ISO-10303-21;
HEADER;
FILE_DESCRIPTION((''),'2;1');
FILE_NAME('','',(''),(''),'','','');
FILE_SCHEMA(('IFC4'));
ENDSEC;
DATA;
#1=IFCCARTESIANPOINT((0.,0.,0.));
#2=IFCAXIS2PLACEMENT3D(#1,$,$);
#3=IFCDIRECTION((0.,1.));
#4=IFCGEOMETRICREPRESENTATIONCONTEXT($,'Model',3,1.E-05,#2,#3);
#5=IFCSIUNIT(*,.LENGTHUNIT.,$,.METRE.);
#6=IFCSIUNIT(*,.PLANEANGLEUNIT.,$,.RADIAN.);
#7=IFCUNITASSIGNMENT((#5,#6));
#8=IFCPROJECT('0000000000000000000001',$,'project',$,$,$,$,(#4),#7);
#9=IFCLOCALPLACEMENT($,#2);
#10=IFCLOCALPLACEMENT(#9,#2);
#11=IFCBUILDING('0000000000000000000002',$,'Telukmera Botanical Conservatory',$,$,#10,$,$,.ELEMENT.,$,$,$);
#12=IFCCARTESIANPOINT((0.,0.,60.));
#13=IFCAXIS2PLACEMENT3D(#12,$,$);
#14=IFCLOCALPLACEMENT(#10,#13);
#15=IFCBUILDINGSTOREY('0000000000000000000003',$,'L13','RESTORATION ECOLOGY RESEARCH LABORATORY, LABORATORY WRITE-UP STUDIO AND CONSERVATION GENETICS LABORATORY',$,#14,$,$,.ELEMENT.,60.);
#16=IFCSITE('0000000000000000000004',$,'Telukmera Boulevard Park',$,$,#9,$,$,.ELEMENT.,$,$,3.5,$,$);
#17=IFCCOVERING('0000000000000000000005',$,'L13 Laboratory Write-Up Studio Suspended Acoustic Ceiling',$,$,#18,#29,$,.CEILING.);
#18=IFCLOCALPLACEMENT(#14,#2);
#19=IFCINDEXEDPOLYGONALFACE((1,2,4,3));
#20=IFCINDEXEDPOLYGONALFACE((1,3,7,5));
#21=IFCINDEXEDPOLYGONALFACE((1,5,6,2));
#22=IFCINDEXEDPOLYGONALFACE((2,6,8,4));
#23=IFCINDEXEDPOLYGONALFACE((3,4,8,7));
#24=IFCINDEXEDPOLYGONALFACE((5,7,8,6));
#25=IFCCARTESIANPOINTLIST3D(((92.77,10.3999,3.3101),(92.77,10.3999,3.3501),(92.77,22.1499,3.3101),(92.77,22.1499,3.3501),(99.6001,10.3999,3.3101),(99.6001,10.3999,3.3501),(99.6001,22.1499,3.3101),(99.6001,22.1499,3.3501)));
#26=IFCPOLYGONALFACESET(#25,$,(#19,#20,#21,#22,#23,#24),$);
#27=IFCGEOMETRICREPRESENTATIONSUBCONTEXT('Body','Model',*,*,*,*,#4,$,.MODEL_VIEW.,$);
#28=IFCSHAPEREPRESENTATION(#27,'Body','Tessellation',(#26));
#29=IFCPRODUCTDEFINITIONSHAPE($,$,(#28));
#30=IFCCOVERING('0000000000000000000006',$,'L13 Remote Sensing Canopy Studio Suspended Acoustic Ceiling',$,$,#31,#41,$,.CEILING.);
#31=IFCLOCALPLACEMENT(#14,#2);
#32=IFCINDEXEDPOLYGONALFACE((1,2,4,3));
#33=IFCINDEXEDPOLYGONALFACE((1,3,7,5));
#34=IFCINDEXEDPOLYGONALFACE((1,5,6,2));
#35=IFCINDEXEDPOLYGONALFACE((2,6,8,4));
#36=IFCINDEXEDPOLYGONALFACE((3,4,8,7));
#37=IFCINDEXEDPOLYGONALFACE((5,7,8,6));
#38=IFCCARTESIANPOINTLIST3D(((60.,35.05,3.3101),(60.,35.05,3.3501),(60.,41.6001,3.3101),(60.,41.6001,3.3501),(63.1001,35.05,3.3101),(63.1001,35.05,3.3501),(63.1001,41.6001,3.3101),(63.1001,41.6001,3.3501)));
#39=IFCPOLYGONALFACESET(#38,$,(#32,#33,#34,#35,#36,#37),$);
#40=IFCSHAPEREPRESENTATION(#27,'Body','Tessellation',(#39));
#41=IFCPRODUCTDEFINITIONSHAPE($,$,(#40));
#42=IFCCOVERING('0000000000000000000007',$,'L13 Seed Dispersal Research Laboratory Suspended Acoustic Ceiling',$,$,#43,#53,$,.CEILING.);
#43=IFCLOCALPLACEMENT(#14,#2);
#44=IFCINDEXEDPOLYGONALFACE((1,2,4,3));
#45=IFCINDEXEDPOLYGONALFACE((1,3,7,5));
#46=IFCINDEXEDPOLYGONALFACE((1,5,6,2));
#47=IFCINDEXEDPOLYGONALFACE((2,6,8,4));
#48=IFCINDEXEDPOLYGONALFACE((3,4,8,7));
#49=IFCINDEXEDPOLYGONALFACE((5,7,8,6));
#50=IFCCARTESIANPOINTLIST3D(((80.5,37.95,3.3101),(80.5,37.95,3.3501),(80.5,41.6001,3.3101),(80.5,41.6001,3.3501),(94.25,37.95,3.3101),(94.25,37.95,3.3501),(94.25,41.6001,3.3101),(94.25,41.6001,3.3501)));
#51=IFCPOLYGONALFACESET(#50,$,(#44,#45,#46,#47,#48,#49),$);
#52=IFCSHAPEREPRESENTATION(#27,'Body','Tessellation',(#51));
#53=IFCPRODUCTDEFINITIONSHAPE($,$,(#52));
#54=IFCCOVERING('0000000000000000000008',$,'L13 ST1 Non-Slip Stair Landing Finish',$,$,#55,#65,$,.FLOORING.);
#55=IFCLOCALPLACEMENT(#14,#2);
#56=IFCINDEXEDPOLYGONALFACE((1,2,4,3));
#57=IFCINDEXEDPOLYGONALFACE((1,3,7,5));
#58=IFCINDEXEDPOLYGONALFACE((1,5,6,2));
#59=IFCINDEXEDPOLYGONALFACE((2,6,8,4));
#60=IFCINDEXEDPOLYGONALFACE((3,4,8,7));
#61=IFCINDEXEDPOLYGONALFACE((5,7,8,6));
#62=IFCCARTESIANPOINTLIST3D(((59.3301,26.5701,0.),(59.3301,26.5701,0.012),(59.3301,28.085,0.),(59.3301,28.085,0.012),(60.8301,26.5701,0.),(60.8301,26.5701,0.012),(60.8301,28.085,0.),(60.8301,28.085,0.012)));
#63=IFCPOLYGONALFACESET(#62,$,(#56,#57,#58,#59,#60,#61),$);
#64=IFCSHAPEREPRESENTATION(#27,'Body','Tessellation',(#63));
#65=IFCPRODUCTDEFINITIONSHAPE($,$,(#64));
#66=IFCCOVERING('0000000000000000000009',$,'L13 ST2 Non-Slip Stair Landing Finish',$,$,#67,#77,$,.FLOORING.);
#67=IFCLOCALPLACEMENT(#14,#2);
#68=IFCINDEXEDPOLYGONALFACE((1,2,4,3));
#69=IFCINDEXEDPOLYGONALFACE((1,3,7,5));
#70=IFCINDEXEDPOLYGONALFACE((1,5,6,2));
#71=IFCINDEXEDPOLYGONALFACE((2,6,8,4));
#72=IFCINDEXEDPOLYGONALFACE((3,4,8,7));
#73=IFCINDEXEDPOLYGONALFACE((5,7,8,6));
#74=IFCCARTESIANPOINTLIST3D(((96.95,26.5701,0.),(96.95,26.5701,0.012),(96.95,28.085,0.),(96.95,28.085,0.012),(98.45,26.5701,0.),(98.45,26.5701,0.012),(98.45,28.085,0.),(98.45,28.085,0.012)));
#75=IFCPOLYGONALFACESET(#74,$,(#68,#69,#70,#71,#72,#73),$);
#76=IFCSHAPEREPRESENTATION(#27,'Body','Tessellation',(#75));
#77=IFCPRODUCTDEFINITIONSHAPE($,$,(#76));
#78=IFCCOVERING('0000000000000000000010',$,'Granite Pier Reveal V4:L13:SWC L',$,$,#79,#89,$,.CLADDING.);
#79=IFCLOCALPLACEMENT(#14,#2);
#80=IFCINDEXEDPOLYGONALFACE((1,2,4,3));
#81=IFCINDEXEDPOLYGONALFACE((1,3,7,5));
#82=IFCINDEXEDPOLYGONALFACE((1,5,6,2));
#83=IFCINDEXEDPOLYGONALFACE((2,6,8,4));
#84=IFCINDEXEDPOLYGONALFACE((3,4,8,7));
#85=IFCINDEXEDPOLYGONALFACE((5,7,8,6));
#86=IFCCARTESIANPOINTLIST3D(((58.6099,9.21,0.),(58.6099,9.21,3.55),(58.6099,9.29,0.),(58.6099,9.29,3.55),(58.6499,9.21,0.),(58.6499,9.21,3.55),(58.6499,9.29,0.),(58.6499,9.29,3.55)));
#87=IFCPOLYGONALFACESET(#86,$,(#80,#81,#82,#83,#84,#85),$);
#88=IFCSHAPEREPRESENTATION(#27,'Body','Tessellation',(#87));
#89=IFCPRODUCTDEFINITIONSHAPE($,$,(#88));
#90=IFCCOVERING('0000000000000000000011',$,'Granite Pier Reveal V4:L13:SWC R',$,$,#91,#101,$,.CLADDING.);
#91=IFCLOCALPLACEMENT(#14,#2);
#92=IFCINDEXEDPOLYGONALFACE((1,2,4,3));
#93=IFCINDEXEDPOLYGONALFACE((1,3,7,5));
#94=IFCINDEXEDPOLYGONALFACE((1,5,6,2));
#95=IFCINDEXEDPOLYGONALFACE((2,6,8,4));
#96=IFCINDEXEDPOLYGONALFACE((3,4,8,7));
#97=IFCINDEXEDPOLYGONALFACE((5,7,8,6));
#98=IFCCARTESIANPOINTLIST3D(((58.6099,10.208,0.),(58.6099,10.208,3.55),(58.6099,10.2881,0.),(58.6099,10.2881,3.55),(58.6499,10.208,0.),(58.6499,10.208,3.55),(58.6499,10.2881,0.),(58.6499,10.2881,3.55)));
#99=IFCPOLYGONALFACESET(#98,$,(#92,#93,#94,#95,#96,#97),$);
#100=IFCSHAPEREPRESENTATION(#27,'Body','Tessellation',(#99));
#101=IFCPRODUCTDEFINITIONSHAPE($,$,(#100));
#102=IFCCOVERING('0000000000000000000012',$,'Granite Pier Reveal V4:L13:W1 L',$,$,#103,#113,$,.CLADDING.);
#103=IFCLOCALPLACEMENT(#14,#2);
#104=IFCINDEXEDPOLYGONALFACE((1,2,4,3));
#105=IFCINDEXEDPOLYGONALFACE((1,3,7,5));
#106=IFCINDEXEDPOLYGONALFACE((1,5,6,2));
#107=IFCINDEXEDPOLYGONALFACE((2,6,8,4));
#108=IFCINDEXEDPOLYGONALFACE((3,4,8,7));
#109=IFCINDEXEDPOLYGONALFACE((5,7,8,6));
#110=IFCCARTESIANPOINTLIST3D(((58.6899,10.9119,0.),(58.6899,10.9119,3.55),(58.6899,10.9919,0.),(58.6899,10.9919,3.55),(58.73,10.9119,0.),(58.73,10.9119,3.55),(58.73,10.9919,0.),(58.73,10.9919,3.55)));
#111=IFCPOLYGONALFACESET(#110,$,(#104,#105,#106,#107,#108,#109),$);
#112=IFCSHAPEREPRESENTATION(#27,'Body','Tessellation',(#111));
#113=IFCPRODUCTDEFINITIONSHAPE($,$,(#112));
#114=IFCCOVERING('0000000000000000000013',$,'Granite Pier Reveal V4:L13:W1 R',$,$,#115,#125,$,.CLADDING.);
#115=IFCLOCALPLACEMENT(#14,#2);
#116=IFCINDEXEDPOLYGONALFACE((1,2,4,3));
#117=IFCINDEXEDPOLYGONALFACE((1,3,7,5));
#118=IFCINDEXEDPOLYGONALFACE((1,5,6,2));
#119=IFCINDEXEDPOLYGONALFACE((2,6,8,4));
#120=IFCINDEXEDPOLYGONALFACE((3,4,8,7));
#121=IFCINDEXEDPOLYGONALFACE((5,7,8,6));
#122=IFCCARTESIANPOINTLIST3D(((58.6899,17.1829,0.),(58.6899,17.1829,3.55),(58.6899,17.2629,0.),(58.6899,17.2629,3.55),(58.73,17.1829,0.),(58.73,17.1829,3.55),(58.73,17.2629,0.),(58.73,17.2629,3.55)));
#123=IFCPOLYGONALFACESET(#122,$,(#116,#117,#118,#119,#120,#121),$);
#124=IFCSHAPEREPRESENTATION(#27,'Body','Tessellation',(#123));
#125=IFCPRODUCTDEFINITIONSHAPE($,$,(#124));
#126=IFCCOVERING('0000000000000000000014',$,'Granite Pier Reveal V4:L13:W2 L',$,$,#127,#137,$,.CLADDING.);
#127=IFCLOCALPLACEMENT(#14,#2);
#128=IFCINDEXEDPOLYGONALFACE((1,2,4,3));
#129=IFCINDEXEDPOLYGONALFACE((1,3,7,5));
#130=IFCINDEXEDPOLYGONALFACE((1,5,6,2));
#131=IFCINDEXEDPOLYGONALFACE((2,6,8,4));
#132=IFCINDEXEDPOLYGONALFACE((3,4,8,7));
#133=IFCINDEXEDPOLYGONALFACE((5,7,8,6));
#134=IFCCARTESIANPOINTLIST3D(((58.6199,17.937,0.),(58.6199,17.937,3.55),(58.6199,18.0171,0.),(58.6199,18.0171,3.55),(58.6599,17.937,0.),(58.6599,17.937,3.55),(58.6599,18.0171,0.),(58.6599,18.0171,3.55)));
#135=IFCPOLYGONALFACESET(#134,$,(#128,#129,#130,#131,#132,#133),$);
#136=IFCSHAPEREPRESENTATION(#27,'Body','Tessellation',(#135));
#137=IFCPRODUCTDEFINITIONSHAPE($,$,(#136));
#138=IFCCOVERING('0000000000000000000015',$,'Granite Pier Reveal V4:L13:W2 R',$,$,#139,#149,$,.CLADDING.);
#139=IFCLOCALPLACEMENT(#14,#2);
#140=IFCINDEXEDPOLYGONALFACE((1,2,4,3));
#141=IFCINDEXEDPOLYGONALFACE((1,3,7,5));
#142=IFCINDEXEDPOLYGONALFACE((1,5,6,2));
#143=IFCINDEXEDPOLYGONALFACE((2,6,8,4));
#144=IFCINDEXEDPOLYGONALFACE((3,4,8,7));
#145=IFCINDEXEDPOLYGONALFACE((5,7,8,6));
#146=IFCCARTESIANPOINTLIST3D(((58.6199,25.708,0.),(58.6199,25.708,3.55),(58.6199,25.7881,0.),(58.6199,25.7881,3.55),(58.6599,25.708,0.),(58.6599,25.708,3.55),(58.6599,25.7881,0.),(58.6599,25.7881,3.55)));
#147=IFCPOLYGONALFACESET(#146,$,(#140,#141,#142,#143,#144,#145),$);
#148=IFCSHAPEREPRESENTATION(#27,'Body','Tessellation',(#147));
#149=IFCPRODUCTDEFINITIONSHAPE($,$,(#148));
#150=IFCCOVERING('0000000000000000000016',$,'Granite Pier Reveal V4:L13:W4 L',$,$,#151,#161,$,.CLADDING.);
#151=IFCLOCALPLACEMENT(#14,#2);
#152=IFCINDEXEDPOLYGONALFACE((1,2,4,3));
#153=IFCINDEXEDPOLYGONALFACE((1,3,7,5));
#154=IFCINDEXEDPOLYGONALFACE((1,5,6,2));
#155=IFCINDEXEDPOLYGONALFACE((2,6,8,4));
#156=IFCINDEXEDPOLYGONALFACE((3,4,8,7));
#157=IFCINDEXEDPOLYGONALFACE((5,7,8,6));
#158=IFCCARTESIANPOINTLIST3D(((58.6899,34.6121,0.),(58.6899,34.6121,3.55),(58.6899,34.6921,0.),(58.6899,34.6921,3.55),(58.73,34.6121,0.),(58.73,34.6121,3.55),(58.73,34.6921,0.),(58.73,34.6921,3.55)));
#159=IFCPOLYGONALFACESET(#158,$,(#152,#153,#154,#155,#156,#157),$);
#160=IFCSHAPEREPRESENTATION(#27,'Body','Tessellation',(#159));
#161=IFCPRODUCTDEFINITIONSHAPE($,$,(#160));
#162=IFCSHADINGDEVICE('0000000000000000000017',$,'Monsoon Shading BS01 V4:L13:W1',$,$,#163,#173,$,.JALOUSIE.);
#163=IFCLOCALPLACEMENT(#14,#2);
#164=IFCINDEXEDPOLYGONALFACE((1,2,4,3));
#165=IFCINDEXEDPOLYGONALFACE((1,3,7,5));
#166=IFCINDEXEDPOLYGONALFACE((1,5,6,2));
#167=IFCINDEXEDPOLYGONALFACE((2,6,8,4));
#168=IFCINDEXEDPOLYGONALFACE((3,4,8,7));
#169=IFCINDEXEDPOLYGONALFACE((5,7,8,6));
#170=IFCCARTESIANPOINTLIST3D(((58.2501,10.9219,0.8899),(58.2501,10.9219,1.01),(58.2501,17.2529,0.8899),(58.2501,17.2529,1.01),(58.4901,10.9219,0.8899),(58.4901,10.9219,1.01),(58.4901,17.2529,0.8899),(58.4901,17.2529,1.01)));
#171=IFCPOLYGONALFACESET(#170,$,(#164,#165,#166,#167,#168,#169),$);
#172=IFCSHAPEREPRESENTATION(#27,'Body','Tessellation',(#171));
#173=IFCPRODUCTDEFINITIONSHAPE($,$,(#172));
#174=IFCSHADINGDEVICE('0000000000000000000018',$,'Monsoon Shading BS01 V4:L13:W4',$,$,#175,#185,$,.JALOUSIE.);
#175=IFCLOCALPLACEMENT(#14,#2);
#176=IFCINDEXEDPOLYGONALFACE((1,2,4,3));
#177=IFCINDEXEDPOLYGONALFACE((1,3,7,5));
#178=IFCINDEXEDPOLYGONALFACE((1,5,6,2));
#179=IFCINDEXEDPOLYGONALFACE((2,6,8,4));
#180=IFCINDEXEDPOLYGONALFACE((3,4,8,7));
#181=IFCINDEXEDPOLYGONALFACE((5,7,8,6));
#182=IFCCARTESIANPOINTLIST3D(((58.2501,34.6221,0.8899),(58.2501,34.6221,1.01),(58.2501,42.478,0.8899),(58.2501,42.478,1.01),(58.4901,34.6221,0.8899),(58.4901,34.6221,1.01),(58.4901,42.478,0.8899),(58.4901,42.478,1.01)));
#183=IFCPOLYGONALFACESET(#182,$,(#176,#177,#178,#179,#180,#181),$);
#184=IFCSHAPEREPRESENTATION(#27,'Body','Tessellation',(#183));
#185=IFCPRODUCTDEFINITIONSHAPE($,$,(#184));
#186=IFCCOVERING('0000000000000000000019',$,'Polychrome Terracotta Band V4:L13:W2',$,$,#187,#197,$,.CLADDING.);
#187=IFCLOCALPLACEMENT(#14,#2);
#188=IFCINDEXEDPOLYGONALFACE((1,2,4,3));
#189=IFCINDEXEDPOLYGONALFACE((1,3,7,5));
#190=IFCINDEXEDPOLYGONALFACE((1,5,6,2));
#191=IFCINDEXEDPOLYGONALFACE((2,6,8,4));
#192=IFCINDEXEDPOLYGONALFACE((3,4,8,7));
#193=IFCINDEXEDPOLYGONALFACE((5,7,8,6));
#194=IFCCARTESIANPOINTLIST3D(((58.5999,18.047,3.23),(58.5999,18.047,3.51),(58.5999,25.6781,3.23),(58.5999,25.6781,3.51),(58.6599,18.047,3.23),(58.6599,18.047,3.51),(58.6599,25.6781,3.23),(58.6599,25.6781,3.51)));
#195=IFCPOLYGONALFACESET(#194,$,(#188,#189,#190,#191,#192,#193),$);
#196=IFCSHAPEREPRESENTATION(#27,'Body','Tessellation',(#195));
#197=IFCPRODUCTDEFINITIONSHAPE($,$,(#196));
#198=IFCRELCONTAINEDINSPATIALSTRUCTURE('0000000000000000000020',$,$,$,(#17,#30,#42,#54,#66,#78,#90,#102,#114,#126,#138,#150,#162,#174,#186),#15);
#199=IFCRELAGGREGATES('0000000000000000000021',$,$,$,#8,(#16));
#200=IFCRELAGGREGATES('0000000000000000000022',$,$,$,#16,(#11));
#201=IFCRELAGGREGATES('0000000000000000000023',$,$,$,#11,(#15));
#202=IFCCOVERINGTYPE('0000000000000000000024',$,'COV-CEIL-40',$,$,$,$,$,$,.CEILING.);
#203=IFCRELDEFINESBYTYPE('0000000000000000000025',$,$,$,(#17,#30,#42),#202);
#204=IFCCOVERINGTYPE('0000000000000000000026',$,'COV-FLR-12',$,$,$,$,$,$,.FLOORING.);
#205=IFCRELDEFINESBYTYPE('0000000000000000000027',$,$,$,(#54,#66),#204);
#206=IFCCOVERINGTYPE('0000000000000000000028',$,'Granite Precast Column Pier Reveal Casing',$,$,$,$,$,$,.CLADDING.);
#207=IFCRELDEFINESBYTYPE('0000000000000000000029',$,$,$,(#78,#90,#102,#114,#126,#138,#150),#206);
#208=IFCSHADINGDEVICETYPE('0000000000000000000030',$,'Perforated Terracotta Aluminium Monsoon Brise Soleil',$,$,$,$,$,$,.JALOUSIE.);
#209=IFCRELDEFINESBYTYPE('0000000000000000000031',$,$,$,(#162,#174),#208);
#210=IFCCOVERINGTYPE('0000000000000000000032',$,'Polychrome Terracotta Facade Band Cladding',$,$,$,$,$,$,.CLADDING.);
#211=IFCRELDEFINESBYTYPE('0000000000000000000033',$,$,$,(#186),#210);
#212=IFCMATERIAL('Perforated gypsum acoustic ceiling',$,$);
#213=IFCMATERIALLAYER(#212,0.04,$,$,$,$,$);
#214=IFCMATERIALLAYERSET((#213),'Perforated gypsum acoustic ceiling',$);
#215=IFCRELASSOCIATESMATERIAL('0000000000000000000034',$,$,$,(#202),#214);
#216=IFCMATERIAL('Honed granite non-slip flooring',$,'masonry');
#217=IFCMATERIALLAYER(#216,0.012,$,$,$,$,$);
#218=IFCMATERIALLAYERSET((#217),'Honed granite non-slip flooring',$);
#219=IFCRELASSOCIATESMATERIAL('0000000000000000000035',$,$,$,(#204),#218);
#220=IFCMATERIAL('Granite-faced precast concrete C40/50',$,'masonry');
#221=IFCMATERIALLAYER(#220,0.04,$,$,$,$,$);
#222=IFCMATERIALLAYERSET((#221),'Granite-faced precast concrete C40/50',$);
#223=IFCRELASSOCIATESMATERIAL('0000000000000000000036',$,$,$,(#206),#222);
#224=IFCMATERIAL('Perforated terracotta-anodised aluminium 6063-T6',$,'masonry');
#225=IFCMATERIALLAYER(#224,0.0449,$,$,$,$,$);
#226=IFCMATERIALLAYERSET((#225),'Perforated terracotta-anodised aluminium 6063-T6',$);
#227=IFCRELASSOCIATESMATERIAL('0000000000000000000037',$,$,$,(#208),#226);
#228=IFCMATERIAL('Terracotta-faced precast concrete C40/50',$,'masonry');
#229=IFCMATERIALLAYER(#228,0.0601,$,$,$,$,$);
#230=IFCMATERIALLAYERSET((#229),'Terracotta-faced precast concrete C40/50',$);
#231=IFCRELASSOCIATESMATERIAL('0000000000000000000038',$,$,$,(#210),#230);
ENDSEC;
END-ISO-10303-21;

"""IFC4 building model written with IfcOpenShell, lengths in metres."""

from ifc_helpers import new_model, si_unit, direction, frame, origin, origin_2d, place, context, subcontext, project, spatial, polyline, rectangle, outline, extrude, material, layer, layer_set, type_object, element, save


model = new_model("IFC4")

# Units and contexts
model_context = context("Model", 3, precision=1e-05, world=origin(), true_north=direction((0.0, 1.0)))
body_context = subcontext(model_context, "Body", "Model", "MODEL_VIEW")
ifc_project = project(units=[si_unit("LENGTHUNIT", "METRE"), si_unit("PLANEANGLEUNIT", "RADIAN")], contexts=[model_context])

# Site, building, storey
site_placement = place(None, origin())
site = spatial("IfcSite", under=ifc_project, at=site_placement, Name="Telukmera Boulevard Park", CompositionType="ELEMENT", RefElevation=3.5)
building_placement = place(site_placement, origin())
building = spatial("IfcBuilding", under=site, at=building_placement, Name="Telukmera Botanical Conservatory", CompositionType="ELEMENT")
storey_placement = place(building_placement, frame((0.0, 0.0, 60.0)))
storey = spatial("IfcBuildingStorey", under=building, at=storey_placement, Name="L13", Description="RESTORATION ECOLOGY RESEARCH LABORATORY, LABORATORY WRITE-UP STUDIO AND CONSERVATION GENETICS LABORATORY", CompositionType="ELEMENT", Elevation=60.0)

# Coverings
ifc_material_1 = material(Name="Perforated gypsum acoustic ceiling")
ifc_layer_1 = layer(ifc_material_1, 0.04)
ifc_layer_set_1 = layer_set([ifc_layer_1], Name="Perforated gypsum acoustic ceiling")
covering_type_1 = type_object("IfcCoveringType", Name="COV-CEIL-40", PredefinedType="CEILING", material=ifc_layer_set_1)
covering_1_placement = place(storey_placement, frame((0.0, 0.0, 3.3101)))
element("IfcCovering", 1, at=covering_1_placement, inside=storey, type_object=covering_type_1, Name="L13 Laboratory Write-Up Studio Suspended Acoustic Ceiling", PredefinedType="CEILING", context=body_context, shape_type="SweptSolid", body=[
    extrude(outline(polyline([(92.77, 10.3999), (99.6001, 10.3999), (99.6001, 22.1499), (92.77, 22.1499), (92.77, 10.3999)])), origin(), (0.0, 0.0, 1.0), 0.04),
])
covering_2_placement = place(storey_placement, frame((0.0, 0.0, 3.3101)))
element("IfcCovering", 2, at=covering_2_placement, inside=storey, type_object=covering_type_1, Name="L13 Remote Sensing Canopy Studio Suspended Acoustic Ceiling", PredefinedType="CEILING", context=body_context, shape_type="SweptSolid", body=[
    extrude(outline(polyline([(60.0, 35.05), (63.1001, 35.05), (63.1001, 41.6001), (60.0, 41.6001), (60.0, 35.05)])), origin(), (0.0, 0.0, 1.0), 0.04),
])
covering_3_placement = place(storey_placement, frame((0.0, 0.0, 3.3101)))
element("IfcCovering", 3, at=covering_3_placement, inside=storey, type_object=covering_type_1, Name="L13 Seed Dispersal Research Laboratory Suspended Acoustic Ceiling", PredefinedType="CEILING", context=body_context, shape_type="SweptSolid", body=[
    extrude(outline(polyline([(80.5, 37.95), (94.25, 37.95), (94.25, 41.6001), (80.5, 41.6001), (80.5, 37.95)])), origin(), (0.0, 0.0, 1.0), 0.04),
])
ifc_material_2 = material(Name="Honed granite non-slip flooring", Category="masonry")
ifc_layer_2 = layer(ifc_material_2, 0.012)
ifc_layer_set_2 = layer_set([ifc_layer_2], Name="Honed granite non-slip flooring")
covering_type_2 = type_object("IfcCoveringType", Name="COV-FLR-12", PredefinedType="FLOORING", material=ifc_layer_set_2)
covering_4_placement = place(storey_placement, origin())
element("IfcCovering", 4, at=covering_4_placement, inside=storey, type_object=covering_type_2, Name="L13 ST1 Non-Slip Stair Landing Finish", PredefinedType="FLOORING", context=body_context, shape_type="SweptSolid", body=[
    extrude(outline(polyline([(60.8301, 26.5701), (60.8301, 28.085), (59.3301, 28.085), (59.3301, 26.5701), (60.8301, 26.5701)])), origin(), (0.0, 0.0, 1.0), 0.012),
])
covering_5_placement = place(storey_placement, origin())
element("IfcCovering", 5, at=covering_5_placement, inside=storey, type_object=covering_type_2, Name="L13 ST2 Non-Slip Stair Landing Finish", PredefinedType="FLOORING", context=body_context, shape_type="SweptSolid", body=[
    extrude(outline(polyline([(98.45, 26.5701), (98.45, 28.085), (96.95, 28.085), (96.95, 26.5701), (98.45, 26.5701)])), origin(), (0.0, 0.0, 1.0), 0.012),
])
ifc_material_3 = material(Name="Granite-faced precast concrete C40/50", Category="masonry")
ifc_layer_3 = layer(ifc_material_3, 0.04)
ifc_layer_set_3 = layer_set([ifc_layer_3], Name="Granite-faced precast concrete C40/50")
covering_type_3 = type_object("IfcCoveringType", Name="Granite Precast Column Pier Reveal Casing", PredefinedType="CLADDING", material=ifc_layer_set_3)
for number, where, z_axis, x_axis, name in (
    (6, (58.6299, 9.25, 0.0), (0.0, 0.0, 1.0), (0.0, 1.0, 0.0), "Granite Pier Reveal V4:L13:SWC L"),
    (7, (58.6299, 10.248, 0.0), (0.0, 0.0, 1.0), (0.0, 1.0, 0.0), "Granite Pier Reveal V4:L13:SWC R"),
    (8, (58.71, 10.9519, 0.0), (0.0, 0.0, 1.0), (0.0, 1.0, 0.0), "Granite Pier Reveal V4:L13:W1 L"),
    (9, (58.71, 17.2229, 0.0), (0.0, 0.0, 1.0), (0.0, 1.0, 0.0), "Granite Pier Reveal V4:L13:W1 R"),
    (10, (58.6399, 17.9771, 0.0), (0.0, 0.0, 1.0), (0.0, 1.0, 0.0), "Granite Pier Reveal V4:L13:W2 L"),
    (11, (58.6399, 25.748, 0.0), (0.0, 0.0, 1.0), (0.0, 1.0, 0.0), "Granite Pier Reveal V4:L13:W2 R"),
    (12, (58.71, 34.6521, 0.0), (0.0, 0.0, 1.0), (0.0, 1.0, 0.0), "Granite Pier Reveal V4:L13:W4 L"),
):
    element("IfcCovering", number, at=place(storey_placement, frame(where, z_axis=z_axis, x_axis=x_axis)), inside=storey, type_object=covering_type_3, Name=name, PredefinedType="CLADDING", context=body_context, shape_type="SweptSolid", body=[
        extrude(rectangle(XDim=0.0801, YDim=0.04, at=origin_2d()), origin(), (0.0, 0.0, 1.0), 3.55),
    ])

# Shading devices
ifc_material_4 = material(Name="Perforated terracotta-anodised aluminium 6063-T6", Category="masonry")
ifc_layer_4 = layer(ifc_material_4, 0.0449)
ifc_layer_set_4 = layer_set([ifc_layer_4], Name="Perforated terracotta-anodised aluminium 6063-T6")
shading_device_type = type_object("IfcShadingDeviceType", Name="Perforated Terracotta Aluminium Monsoon Brise Soleil", PredefinedType="JALOUSIE", material=ifc_layer_set_4)
shading_device_1_placement = place(storey_placement, frame((58.3701, 14.0874, 0.8899), z_axis=(0.0, 0.0, 1.0), x_axis=(0.0, 1.0, 0.0)))
element("IfcShadingDevice", 13, at=shading_device_1_placement, inside=storey, type_object=shading_device_type, Name="Monsoon Shading BS01 V4:L13:W1", PredefinedType="JALOUSIE", context=body_context, shape_type="SweptSolid", body=[
    extrude(rectangle(XDim=6.3311, YDim=0.24, at=origin_2d()), origin(), (0.0, 0.0, 1.0), 0.1201),
])
shading_device_2_placement = place(storey_placement, frame((58.3701, 38.55, 0.8899), z_axis=(0.0, 0.0, 1.0), x_axis=(0.0, 1.0, 0.0)))
element("IfcShadingDevice", 14, at=shading_device_2_placement, inside=storey, type_object=shading_device_type, Name="Monsoon Shading BS01 V4:L13:W4", PredefinedType="JALOUSIE", context=body_context, shape_type="SweptSolid", body=[
    extrude(rectangle(XDim=7.856, YDim=0.24, at=origin_2d()), origin(), (0.0, 0.0, 1.0), 0.1201),
])

# Covering
ifc_material_5 = material(Name="Terracotta-faced precast concrete C40/50", Category="masonry")
ifc_layer_5 = layer(ifc_material_5, 0.0601)
ifc_layer_set_5 = layer_set([ifc_layer_5], Name="Terracotta-faced precast concrete C40/50")
covering_type_4 = type_object("IfcCoveringType", Name="Polychrome Terracotta Facade Band Cladding", PredefinedType="CLADDING", material=ifc_layer_set_5)
covering_6_placement = place(storey_placement, frame((58.6299, 21.8625, 3.23), z_axis=(0.0, 0.0, 1.0), x_axis=(0.0, 1.0, 0.0)))
element("IfcCovering", 15, at=covering_6_placement, inside=storey, type_object=covering_type_4, Name="Polychrome Terracotta Band V4:L13:W2", PredefinedType="CLADDING", context=body_context, shape_type="SweptSolid", body=[
    extrude(rectangle(XDim=7.6311, YDim=0.0601, at=origin_2d()), origin(), (0.0, 0.0, 1.0), 0.28),
])

save(model, "model.ifc")
